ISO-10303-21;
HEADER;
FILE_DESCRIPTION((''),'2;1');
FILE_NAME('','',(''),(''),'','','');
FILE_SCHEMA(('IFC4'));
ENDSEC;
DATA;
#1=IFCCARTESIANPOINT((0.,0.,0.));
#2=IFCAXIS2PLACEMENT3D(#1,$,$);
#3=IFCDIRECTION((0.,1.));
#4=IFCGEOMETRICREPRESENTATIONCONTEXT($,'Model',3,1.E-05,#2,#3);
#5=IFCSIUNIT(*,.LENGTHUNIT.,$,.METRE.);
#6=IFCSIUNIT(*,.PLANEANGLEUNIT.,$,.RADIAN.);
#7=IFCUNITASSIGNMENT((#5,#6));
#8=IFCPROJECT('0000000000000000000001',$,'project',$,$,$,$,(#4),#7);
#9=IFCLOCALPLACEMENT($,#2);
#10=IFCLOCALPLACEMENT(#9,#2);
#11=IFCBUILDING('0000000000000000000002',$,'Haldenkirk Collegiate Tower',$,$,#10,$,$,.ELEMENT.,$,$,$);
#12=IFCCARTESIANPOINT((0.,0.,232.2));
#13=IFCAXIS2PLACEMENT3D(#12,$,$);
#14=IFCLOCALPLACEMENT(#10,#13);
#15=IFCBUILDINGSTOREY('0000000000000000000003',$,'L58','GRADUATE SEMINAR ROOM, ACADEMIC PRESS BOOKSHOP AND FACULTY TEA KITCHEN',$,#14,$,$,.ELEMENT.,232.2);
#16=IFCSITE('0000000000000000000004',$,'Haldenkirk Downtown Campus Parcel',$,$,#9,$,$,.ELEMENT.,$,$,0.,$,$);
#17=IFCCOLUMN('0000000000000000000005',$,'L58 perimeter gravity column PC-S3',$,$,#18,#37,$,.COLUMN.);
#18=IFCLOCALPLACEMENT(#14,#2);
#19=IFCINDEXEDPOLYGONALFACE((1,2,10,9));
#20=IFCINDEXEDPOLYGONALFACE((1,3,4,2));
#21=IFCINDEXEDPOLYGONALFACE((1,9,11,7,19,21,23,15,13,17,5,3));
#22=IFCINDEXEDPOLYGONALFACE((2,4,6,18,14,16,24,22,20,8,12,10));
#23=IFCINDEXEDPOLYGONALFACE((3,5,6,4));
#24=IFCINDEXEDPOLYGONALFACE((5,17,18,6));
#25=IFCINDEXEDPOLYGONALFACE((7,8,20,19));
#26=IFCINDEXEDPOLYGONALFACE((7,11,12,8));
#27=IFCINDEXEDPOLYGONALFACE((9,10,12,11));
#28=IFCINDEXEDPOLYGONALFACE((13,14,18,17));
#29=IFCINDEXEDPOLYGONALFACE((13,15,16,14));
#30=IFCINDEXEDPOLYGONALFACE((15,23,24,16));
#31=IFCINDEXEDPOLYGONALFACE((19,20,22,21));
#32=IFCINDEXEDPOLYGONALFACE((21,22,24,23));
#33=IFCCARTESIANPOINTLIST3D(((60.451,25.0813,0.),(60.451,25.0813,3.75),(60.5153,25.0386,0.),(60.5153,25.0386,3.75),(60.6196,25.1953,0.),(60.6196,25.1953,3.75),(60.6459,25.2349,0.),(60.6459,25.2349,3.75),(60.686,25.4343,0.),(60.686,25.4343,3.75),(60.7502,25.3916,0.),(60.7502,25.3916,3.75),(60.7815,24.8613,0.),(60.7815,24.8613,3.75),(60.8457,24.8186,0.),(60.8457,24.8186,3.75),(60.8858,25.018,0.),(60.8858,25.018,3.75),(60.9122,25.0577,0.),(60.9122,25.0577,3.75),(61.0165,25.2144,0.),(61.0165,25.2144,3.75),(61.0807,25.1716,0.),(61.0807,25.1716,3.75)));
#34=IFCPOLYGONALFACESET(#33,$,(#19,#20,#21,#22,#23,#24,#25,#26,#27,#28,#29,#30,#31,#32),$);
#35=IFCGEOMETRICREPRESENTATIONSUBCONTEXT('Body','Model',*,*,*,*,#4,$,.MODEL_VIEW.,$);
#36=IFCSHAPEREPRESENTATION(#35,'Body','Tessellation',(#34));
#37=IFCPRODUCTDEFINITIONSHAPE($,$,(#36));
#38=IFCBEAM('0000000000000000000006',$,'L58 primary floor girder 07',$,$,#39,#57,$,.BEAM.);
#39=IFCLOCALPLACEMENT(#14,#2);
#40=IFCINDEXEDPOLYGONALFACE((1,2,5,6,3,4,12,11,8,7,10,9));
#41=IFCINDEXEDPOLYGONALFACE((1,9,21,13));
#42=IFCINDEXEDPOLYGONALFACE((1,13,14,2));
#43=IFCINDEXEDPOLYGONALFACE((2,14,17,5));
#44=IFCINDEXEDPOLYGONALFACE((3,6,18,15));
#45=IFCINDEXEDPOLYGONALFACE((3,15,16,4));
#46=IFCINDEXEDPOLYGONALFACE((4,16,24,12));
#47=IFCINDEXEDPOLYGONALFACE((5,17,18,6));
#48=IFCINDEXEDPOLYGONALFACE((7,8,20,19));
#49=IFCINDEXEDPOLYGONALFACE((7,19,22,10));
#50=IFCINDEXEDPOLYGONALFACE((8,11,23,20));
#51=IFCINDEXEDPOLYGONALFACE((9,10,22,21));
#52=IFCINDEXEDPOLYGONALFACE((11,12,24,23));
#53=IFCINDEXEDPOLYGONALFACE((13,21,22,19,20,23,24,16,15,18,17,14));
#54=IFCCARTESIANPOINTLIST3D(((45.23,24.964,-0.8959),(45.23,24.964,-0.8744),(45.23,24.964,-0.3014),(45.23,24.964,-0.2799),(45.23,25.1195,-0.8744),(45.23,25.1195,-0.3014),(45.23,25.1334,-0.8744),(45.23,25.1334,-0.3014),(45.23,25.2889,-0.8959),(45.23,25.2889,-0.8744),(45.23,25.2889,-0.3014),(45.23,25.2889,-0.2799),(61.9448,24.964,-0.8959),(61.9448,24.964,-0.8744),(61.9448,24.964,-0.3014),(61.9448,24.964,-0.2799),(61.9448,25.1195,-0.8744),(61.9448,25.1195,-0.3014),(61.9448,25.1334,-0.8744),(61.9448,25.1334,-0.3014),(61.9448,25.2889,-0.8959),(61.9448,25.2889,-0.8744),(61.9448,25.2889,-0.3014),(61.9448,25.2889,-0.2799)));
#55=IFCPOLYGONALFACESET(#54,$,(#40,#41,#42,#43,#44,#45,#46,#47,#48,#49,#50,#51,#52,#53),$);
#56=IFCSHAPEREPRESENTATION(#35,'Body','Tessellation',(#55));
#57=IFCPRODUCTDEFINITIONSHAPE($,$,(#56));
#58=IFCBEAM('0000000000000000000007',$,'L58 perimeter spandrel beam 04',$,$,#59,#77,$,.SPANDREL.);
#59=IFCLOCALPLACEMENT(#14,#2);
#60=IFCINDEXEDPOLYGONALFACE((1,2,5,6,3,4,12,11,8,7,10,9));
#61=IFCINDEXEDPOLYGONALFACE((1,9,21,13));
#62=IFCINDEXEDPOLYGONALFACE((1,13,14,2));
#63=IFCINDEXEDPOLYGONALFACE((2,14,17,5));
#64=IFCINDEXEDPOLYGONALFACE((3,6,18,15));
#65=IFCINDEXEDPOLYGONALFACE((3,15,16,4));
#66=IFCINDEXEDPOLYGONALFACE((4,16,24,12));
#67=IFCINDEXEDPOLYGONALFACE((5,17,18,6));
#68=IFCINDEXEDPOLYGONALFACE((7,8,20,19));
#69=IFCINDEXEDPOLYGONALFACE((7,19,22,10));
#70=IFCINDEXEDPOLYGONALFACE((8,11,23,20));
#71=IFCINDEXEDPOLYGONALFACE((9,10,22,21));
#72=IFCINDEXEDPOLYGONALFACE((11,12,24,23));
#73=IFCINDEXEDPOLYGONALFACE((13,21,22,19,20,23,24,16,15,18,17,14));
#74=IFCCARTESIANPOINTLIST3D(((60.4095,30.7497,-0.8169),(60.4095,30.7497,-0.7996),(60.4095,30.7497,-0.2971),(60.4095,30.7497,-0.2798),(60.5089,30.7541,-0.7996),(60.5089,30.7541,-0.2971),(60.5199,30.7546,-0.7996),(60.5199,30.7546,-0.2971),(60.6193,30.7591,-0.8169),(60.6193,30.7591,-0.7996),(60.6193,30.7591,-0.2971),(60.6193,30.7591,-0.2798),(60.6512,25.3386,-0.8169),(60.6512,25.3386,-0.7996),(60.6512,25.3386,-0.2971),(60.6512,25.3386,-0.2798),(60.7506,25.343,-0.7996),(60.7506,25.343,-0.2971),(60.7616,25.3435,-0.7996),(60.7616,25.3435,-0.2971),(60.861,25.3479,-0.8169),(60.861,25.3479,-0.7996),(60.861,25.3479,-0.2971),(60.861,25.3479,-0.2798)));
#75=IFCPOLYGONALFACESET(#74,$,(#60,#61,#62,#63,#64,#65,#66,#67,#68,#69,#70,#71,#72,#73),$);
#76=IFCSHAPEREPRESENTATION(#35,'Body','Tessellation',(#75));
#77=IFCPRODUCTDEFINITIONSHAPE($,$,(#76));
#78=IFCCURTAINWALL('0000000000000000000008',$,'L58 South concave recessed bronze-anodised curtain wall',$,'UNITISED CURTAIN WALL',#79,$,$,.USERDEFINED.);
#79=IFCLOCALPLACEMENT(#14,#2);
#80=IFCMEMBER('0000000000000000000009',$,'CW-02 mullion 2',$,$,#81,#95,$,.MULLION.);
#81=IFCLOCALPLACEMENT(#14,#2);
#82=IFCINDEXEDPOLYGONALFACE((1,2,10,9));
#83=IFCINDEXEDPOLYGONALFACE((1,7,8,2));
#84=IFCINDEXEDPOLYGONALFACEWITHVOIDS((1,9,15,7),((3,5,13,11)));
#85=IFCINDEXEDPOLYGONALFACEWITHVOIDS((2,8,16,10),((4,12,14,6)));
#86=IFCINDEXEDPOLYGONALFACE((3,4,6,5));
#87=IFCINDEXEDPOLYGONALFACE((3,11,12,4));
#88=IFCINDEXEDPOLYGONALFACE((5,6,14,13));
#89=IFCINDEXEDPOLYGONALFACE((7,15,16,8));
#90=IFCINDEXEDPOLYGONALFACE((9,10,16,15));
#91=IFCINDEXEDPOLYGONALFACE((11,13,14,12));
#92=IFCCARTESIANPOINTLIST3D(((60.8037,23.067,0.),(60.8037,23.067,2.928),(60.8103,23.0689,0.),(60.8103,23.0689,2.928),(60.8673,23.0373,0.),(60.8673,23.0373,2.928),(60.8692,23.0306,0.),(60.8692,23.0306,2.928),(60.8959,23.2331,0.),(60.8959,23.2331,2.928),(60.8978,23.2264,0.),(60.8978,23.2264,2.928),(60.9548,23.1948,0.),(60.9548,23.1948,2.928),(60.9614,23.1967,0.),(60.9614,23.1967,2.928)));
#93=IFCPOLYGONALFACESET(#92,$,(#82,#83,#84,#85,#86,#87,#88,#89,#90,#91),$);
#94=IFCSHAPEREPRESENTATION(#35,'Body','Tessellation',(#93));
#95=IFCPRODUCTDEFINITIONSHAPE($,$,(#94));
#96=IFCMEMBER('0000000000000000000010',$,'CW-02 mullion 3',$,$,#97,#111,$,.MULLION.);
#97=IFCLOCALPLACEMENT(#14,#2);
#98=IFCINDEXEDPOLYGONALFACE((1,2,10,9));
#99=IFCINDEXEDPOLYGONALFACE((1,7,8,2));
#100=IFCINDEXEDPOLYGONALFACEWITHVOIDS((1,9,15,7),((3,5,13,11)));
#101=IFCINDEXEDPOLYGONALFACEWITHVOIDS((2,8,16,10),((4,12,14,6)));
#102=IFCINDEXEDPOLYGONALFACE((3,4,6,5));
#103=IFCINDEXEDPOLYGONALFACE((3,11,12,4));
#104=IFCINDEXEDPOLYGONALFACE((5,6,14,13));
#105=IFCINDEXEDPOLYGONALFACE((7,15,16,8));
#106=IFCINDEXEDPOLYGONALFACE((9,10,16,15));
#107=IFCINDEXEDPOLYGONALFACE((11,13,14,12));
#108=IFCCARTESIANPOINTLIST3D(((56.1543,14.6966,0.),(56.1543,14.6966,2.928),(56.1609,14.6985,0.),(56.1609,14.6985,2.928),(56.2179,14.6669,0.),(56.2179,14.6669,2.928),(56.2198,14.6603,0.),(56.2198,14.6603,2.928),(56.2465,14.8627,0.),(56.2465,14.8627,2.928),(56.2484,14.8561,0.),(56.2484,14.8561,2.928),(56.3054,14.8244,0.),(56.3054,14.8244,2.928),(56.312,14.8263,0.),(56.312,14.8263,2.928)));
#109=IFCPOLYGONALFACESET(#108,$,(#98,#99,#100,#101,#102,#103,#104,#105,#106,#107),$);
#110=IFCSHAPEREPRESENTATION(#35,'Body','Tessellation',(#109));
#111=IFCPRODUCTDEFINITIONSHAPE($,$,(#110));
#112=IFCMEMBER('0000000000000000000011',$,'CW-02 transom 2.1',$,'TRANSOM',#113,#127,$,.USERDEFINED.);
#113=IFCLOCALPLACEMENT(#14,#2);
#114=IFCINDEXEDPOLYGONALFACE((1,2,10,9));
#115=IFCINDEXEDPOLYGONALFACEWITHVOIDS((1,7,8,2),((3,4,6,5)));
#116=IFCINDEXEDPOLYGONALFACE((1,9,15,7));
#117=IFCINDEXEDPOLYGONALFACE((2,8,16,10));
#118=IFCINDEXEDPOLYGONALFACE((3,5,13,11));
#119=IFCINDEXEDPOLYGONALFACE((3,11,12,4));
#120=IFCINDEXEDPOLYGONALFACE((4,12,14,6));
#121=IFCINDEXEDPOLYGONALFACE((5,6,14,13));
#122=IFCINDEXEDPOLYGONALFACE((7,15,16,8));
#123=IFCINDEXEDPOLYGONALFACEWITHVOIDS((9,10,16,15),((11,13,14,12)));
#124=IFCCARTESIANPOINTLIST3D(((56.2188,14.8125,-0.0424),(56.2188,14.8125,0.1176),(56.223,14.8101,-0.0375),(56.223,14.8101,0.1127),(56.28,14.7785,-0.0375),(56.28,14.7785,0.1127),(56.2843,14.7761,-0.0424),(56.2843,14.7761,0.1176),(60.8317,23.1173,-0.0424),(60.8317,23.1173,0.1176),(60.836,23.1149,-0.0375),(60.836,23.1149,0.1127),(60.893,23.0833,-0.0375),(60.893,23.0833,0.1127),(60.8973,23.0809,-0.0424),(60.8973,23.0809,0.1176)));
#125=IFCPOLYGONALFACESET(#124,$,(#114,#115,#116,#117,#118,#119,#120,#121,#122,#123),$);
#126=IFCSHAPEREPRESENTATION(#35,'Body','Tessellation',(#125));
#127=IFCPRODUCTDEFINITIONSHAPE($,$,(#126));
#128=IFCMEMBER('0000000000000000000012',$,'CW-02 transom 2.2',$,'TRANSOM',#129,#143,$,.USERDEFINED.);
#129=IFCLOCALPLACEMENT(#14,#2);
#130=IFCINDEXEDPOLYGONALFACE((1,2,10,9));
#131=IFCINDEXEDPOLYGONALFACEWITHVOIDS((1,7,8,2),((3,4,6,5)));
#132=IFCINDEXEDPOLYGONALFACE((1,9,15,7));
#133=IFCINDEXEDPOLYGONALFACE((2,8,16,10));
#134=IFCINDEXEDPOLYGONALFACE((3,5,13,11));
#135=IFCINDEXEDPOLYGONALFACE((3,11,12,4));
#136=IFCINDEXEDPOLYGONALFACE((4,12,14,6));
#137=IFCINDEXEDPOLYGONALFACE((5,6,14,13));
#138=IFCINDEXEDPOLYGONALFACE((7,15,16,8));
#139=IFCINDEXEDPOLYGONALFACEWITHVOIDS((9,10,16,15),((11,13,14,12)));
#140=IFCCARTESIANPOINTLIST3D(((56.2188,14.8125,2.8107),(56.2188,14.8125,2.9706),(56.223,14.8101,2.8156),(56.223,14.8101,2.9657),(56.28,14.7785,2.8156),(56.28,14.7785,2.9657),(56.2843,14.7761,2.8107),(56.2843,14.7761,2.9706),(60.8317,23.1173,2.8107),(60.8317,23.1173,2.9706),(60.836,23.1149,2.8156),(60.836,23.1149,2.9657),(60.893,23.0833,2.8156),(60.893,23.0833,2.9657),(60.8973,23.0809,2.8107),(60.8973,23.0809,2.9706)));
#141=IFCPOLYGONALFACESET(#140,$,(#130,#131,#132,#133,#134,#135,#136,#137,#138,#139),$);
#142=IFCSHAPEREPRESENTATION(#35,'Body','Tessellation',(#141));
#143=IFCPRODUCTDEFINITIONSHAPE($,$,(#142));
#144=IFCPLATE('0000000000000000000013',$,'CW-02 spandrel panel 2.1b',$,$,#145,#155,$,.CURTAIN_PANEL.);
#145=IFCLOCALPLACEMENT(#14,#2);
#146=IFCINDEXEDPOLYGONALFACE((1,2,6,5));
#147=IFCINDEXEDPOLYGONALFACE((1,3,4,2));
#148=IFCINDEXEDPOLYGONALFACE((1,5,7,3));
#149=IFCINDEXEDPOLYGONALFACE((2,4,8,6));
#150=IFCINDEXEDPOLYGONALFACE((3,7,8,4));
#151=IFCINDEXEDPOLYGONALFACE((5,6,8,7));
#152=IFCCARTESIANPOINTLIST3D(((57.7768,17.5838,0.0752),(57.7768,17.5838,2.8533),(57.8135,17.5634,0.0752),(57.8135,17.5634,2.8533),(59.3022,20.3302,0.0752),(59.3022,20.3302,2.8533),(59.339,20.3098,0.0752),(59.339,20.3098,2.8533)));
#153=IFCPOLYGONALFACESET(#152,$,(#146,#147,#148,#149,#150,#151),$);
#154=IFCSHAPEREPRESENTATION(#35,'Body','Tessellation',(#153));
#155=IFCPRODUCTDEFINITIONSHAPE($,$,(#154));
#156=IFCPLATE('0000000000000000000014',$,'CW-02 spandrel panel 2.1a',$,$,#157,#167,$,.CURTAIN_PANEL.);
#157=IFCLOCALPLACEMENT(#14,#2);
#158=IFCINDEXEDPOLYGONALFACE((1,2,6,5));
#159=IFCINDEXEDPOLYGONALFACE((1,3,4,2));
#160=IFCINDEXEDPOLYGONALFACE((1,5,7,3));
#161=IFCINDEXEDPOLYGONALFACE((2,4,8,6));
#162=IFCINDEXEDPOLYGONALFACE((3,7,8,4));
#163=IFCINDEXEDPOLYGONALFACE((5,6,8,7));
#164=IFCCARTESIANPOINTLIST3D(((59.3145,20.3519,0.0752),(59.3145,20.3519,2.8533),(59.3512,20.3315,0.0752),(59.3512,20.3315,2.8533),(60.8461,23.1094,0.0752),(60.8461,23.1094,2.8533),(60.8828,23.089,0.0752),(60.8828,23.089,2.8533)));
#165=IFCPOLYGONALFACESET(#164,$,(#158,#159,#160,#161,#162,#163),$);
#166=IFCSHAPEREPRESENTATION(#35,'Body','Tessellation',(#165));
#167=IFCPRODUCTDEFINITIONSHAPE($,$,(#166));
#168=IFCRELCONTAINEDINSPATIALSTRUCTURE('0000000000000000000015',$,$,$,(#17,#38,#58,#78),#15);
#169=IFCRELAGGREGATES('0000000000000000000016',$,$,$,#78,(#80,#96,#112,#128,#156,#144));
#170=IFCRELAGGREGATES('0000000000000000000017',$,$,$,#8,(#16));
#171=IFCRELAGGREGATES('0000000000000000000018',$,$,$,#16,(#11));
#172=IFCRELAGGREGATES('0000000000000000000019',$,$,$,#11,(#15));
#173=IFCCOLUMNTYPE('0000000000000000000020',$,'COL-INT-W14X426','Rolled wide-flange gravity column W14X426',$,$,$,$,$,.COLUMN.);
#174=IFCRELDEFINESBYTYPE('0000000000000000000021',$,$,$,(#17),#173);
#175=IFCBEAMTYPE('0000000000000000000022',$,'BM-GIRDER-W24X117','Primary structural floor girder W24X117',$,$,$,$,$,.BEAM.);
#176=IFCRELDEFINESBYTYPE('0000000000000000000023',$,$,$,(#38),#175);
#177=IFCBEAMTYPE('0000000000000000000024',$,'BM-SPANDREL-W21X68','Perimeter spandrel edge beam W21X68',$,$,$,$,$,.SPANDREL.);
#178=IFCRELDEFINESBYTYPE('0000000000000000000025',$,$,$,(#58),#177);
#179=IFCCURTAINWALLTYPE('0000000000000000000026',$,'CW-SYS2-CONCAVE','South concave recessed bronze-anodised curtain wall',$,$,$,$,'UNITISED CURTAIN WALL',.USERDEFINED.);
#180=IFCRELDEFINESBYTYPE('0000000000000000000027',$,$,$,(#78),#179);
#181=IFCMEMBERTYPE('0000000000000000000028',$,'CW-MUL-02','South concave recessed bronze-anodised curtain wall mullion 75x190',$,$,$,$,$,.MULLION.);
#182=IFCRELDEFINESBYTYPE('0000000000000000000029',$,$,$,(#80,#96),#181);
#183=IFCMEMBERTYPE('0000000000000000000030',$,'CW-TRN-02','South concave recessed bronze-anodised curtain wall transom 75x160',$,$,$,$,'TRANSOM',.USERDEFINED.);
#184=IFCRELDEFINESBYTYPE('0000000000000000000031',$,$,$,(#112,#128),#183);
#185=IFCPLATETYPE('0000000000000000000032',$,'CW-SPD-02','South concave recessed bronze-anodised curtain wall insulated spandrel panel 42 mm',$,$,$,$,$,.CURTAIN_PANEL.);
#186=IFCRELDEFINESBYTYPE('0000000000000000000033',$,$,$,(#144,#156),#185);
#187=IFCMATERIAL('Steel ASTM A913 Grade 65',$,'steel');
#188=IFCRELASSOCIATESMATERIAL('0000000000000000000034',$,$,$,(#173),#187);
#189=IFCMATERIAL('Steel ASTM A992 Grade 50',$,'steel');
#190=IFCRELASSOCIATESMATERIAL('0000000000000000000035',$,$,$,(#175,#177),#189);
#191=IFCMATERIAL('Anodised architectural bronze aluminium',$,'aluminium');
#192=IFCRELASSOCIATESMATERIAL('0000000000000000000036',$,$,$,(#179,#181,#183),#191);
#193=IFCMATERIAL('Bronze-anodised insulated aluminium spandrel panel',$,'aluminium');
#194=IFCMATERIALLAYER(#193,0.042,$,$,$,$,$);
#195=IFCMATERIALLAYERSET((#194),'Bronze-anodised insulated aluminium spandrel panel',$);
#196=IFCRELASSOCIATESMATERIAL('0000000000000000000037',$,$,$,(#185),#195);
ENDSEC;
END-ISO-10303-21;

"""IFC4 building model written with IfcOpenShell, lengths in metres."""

from ifc_helpers import new_model, si_unit, direction, frame, origin, origin_2d, place, context, subcontext, project, spatial, rectangle, hollow_rectangle, i_section, extrude, source, transform, mapped, material, layer, layer_set, material_profile, profile_set, type_object, element, aggregate, save


model = new_model("IFC4")

# Units and contexts
model_context = context("Model", 3, precision=1e-05, world=origin(), true_north=direction((0.0, 1.0)))
body_context = subcontext(model_context, "Body", "Model", "MODEL_VIEW")
ifc_project = project(units=[si_unit("LENGTHUNIT", "METRE"), si_unit("PLANEANGLEUNIT", "RADIAN")], contexts=[model_context])

# Site, building, storey
site_placement = place(None, origin())
site = spatial("IfcSite", under=ifc_project, at=site_placement, Name="Haldenkirk Downtown Campus Parcel", CompositionType="ELEMENT", RefElevation=0.0)
building_placement = place(site_placement, origin())
building = spatial("IfcBuilding", under=site, at=building_placement, Name="Haldenkirk Collegiate Tower", CompositionType="ELEMENT")
storey_placement = place(building_placement, frame((0.0, 0.0, 232.2)))
storey = spatial("IfcBuildingStorey", under=building, at=storey_placement, Name="L58", Description="GRADUATE SEMINAR ROOM, ACADEMIC PRESS BOOKSHOP AND FACULTY TEA KITCHEN", CompositionType="ELEMENT", Elevation=232.2)

# Column
ifc_material_1 = material(Name="Steel ASTM A913 Grade 65", Category="steel")
ifc_material_profile_1 = material_profile(ifc_material_1, i_section(OverallWidth=0.4241, OverallDepth=0.4741, WebThickness=0.0476, FlangeThickness=0.0771, at=origin_2d()), Name="W14X426")
ifc_profile_set_1 = profile_set([ifc_material_profile_1], Name="Steel ASTM A913 Grade 65")
column_type = type_object("IfcColumnType", Name="COL-INT-W14X426", Description="Rolled wide-flange gravity column W14X426", PredefinedType="COLUMN", material=ifc_profile_set_1)
column_placement = place(storey_placement, frame((60.7659, 25.1265, 0.0), z_axis=(0.0, 0.0, 1.0), x_axis=(0.554118, 0.832438, 0.0)))
element("IfcColumn", 1, at=column_placement, inside=storey, type_object=column_type, Name="L58 perimeter gravity column PC-S3", PredefinedType="COLUMN", context=body_context, shape_type="SweptSolid", body=[
    extrude(i_section(OverallWidth=0.4241, OverallDepth=0.4741, WebThickness=0.0476, FlangeThickness=0.0771, at=origin_2d()), origin(), (0.0, 0.0, 1.0), 3.75),
])

# Beams
ifc_material_2 = material(Name="Steel ASTM A992 Grade 50", Category="steel")
ifc_material_profile_2 = material_profile(ifc_material_2, i_section(OverallWidth=0.325, OverallDepth=0.616, WebThickness=0.0139, FlangeThickness=0.0215, at=origin_2d()), Name="W24X117")
ifc_profile_set_2 = profile_set([ifc_material_profile_2], Name="Steel ASTM A992 Grade 50")
beam_type_1 = type_object("IfcBeamType", Name="BM-GIRDER-W24X117", Description="Primary structural floor girder W24X117", PredefinedType="BEAM", material=ifc_profile_set_2)
beam_1_placement = place(storey_placement, frame((61.9448, 25.1265, -0.5879), z_axis=(-1.0, 0.0, 0.0), x_axis=(0.0, -1.0, 0.0)))
element("IfcBeam", 2, at=beam_1_placement, inside=storey, type_object=beam_type_1, Name="L58 primary floor girder 07", PredefinedType="BEAM", context=body_context, shape_type="SweptSolid", body=[
    extrude(i_section(OverallWidth=0.325, OverallDepth=0.616, WebThickness=0.0139, FlangeThickness=0.0215, at=origin_2d()), origin(), (0.0, 0.0, 1.0), 16.7148),
])
ifc_material_profile_3 = material_profile(ifc_material_2, i_section(OverallWidth=0.21, OverallDepth=0.5371, WebThickness=0.011, FlangeThickness=0.0173, at=origin_2d()), Name="W21X68")
ifc_profile_set_3 = profile_set([ifc_material_profile_3], Name="Steel ASTM A992 Grade 50")
beam_type_2 = type_object("IfcBeamType", Name="BM-SPANDREL-W21X68", Description="Perimeter spandrel edge beam W21X68", PredefinedType="SPANDREL", material=ifc_profile_set_3)
beam_2_placement = place(storey_placement, frame((60.7561, 25.3433, -0.5483), z_axis=(-0.044623, 0.999004, 0.0), x_axis=(-0.999004, -0.044623, 0.0)))
element("IfcBeam", 3, at=beam_2_placement, inside=storey, type_object=beam_type_2, Name="L58 perimeter spandrel beam 04", PredefinedType="SPANDREL", context=body_context, shape_type="SweptSolid", body=[
    extrude(i_section(OverallWidth=0.21, OverallDepth=0.5371, WebThickness=0.011, FlangeThickness=0.0173, at=origin_2d()), origin(), (0.0, 0.0, 1.0), 5.4165),
])

# Curtain wall, members, plates
ifc_material_3 = material(Name="Anodised architectural bronze aluminium", Category="aluminium")
curtain_wall_type = type_object("IfcCurtainWallType", Name="CW-SYS2-CONCAVE", Description="South concave recessed bronze-anodised curtain wall", ElementType="UNITISED CURTAIN WALL", PredefinedType="USERDEFINED", material=ifc_material_3)
curtain_wall_placement = place(storey_placement, origin())
curtain_wall = element("IfcCurtainWall", 4, at=curtain_wall_placement, inside=storey, type_object=curtain_wall_type, Name="L58 South concave recessed bronze-anodised curtain wall", ObjectType="UNITISED CURTAIN WALL", PredefinedType="USERDEFINED")
ifc_material_profile_4 = material_profile(ifc_material_3, hollow_rectangle(XDim=0.075, YDim=0.1899, WallThickness=0.0049, at=origin_2d()), Name="CW-MUL-02")
ifc_profile_set_4 = profile_set([ifc_material_profile_4], Name="Anodised architectural bronze aluminium")
member_type_1 = type_object("IfcMemberType", Name="CW-MUL-02", Description="South concave recessed bronze-anodised curtain wall mullion 75x190", PredefinedType="MULLION", material=ifc_profile_set_4)
member_1_placement = place(storey_placement, frame((60.8826, 23.1318, 0.0), z_axis=(0.0, 0.0, 1.0), x_axis=(0.874195, -0.485574, 0.0)))
member_1 = element("IfcMember", 5, at=member_1_placement, type_object=member_type_1, Name="CW-02 mullion 2", PredefinedType="MULLION", context=body_context, shape_type="SweptSolid", body=[
    extrude(hollow_rectangle(XDim=0.075, YDim=0.1899, WallThickness=0.0049, at=origin_2d()), origin(), (0.0, 0.0, 1.0), 2.928),
])
member_2_placement = place(storey_placement, frame((56.2332, 14.7615, 0.0), z_axis=(0.0, 0.0, 1.0), x_axis=(0.874195, -0.485574, 0.0)))
member_2 = element("IfcMember", 6, at=member_2_placement, type_object=member_type_1, Name="CW-02 mullion 3", PredefinedType="MULLION", context=body_context, shape_type="SweptSolid", body=[
    extrude(hollow_rectangle(XDim=0.075, YDim=0.1899, WallThickness=0.0049, at=origin_2d()), origin(), (0.0, 0.0, 1.0), 2.928),
])
ifc_material_profile_5 = material_profile(ifc_material_3, hollow_rectangle(XDim=0.075, YDim=0.1599, WallThickness=0.0049, at=origin_2d()), Name="CW-TRN-02")
ifc_profile_set_5 = profile_set([ifc_material_profile_5], Name="Anodised architectural bronze aluminium")
member_type_2 = type_object("IfcMemberType", Name="CW-TRN-02", Description="South concave recessed bronze-anodised curtain wall transom 75x160", ElementType="TRANSOM", PredefinedType="USERDEFINED", material=ifc_profile_set_5)
member_3_placement = place(storey_placement, frame((60.8645, 23.0991, 0.0376), z_axis=(-0.485577, -0.874194, 0.0), x_axis=(0.874194, -0.485577, 0.0)))
member_3 = element("IfcMember", 7, at=member_3_placement, type_object=member_type_2, Name="CW-02 transom 2.1", ObjectType="TRANSOM", PredefinedType="USERDEFINED", context=body_context, shape_type="SweptSolid", body=[
    extrude(hollow_rectangle(XDim=0.075, YDim=0.1599, WallThickness=0.0049, at=origin_2d()), origin(), (0.0, 0.0, 1.0), 9.5),
])
member_4_placement = place(storey_placement, frame((60.8645, 23.0991, 2.8906), z_axis=(-0.485577, -0.874194, 0.0), x_axis=(0.874194, -0.485577, 0.0)))
member_4 = element("IfcMember", 8, at=member_4_placement, type_object=member_type_2, Name="CW-02 transom 2.2", ObjectType="TRANSOM", PredefinedType="USERDEFINED", context=body_context, shape_type="SweptSolid", body=[
    extrude(hollow_rectangle(XDim=0.075, YDim=0.1599, WallThickness=0.0049, at=origin_2d()), origin(), (0.0, 0.0, 1.0), 9.5),
])
ifc_material_4 = material(Name="Bronze-anodised insulated aluminium spandrel panel", Category="aluminium")
ifc_layer_1 = layer(ifc_material_4, 0.042)
ifc_layer_set_1 = layer_set([ifc_layer_1], Name="Bronze-anodised insulated aluminium spandrel panel")
plate_type = type_object("IfcPlateType", Name="CW-SPD-02", Description="South concave recessed bronze-anodised curtain wall insulated spandrel panel 42 mm", PredefinedType="CURTAIN_PANEL", material=ifc_layer_set_1)
shared_shape_1 = source(origin(), body_context, "Body", "SweptSolid", [
    extrude(rectangle(XDim=3.1416, YDim=0.042, at=origin_2d()), origin(), (0.0, 0.0, 1.0), 2.7781),
])
plate_1_placement = place(storey_placement, frame((58.5579, 18.9468, 0.0752), z_axis=(0.0, 0.0, 1.0), x_axis=(-0.485574, -0.874195, 0.0)))
plate_1 = element("IfcPlate", 9, at=plate_1_placement, type_object=plate_type, Name="CW-02 spandrel panel 2.1b", PredefinedType="CURTAIN_PANEL", context=body_context, shape_type="MappedRepresentation", body=[
    mapped(shared_shape_1, transform((0.0, 0.0, 0.0), x_axis=(1.0, 0.0, 0.0), y_axis=(0.0, 1.0, 0.0), z_axis=(0.0, 0.0, 1.0), scale=1.0)),
])
shared_shape_2 = source(origin(), body_context, "Body", "SweptSolid", [
    extrude(rectangle(XDim=3.1543, YDim=0.042, at=origin_2d()), origin(), (0.0, 0.0, 1.0), 2.7781),
])
plate_2_placement = place(storey_placement, frame((60.0986, 21.7205, 0.0752), z_axis=(0.0, 0.0, 1.0), x_axis=(-0.485574, -0.874195, 0.0)))
plate_2 = element("IfcPlate", 10, at=plate_2_placement, type_object=plate_type, Name="CW-02 spandrel panel 2.1a", PredefinedType="CURTAIN_PANEL", context=body_context, shape_type="MappedRepresentation", body=[
    mapped(shared_shape_2, transform((0.0, 0.0, 0.0), x_axis=(1.0, 0.0, 0.0), y_axis=(0.0, 1.0, 0.0), z_axis=(0.0, 0.0, 1.0), scale=1.0)),
])
aggregate(curtain_wall, [member_1, member_2, member_3, member_4, plate_2, plate_1])

save(model, "model.ifc")
